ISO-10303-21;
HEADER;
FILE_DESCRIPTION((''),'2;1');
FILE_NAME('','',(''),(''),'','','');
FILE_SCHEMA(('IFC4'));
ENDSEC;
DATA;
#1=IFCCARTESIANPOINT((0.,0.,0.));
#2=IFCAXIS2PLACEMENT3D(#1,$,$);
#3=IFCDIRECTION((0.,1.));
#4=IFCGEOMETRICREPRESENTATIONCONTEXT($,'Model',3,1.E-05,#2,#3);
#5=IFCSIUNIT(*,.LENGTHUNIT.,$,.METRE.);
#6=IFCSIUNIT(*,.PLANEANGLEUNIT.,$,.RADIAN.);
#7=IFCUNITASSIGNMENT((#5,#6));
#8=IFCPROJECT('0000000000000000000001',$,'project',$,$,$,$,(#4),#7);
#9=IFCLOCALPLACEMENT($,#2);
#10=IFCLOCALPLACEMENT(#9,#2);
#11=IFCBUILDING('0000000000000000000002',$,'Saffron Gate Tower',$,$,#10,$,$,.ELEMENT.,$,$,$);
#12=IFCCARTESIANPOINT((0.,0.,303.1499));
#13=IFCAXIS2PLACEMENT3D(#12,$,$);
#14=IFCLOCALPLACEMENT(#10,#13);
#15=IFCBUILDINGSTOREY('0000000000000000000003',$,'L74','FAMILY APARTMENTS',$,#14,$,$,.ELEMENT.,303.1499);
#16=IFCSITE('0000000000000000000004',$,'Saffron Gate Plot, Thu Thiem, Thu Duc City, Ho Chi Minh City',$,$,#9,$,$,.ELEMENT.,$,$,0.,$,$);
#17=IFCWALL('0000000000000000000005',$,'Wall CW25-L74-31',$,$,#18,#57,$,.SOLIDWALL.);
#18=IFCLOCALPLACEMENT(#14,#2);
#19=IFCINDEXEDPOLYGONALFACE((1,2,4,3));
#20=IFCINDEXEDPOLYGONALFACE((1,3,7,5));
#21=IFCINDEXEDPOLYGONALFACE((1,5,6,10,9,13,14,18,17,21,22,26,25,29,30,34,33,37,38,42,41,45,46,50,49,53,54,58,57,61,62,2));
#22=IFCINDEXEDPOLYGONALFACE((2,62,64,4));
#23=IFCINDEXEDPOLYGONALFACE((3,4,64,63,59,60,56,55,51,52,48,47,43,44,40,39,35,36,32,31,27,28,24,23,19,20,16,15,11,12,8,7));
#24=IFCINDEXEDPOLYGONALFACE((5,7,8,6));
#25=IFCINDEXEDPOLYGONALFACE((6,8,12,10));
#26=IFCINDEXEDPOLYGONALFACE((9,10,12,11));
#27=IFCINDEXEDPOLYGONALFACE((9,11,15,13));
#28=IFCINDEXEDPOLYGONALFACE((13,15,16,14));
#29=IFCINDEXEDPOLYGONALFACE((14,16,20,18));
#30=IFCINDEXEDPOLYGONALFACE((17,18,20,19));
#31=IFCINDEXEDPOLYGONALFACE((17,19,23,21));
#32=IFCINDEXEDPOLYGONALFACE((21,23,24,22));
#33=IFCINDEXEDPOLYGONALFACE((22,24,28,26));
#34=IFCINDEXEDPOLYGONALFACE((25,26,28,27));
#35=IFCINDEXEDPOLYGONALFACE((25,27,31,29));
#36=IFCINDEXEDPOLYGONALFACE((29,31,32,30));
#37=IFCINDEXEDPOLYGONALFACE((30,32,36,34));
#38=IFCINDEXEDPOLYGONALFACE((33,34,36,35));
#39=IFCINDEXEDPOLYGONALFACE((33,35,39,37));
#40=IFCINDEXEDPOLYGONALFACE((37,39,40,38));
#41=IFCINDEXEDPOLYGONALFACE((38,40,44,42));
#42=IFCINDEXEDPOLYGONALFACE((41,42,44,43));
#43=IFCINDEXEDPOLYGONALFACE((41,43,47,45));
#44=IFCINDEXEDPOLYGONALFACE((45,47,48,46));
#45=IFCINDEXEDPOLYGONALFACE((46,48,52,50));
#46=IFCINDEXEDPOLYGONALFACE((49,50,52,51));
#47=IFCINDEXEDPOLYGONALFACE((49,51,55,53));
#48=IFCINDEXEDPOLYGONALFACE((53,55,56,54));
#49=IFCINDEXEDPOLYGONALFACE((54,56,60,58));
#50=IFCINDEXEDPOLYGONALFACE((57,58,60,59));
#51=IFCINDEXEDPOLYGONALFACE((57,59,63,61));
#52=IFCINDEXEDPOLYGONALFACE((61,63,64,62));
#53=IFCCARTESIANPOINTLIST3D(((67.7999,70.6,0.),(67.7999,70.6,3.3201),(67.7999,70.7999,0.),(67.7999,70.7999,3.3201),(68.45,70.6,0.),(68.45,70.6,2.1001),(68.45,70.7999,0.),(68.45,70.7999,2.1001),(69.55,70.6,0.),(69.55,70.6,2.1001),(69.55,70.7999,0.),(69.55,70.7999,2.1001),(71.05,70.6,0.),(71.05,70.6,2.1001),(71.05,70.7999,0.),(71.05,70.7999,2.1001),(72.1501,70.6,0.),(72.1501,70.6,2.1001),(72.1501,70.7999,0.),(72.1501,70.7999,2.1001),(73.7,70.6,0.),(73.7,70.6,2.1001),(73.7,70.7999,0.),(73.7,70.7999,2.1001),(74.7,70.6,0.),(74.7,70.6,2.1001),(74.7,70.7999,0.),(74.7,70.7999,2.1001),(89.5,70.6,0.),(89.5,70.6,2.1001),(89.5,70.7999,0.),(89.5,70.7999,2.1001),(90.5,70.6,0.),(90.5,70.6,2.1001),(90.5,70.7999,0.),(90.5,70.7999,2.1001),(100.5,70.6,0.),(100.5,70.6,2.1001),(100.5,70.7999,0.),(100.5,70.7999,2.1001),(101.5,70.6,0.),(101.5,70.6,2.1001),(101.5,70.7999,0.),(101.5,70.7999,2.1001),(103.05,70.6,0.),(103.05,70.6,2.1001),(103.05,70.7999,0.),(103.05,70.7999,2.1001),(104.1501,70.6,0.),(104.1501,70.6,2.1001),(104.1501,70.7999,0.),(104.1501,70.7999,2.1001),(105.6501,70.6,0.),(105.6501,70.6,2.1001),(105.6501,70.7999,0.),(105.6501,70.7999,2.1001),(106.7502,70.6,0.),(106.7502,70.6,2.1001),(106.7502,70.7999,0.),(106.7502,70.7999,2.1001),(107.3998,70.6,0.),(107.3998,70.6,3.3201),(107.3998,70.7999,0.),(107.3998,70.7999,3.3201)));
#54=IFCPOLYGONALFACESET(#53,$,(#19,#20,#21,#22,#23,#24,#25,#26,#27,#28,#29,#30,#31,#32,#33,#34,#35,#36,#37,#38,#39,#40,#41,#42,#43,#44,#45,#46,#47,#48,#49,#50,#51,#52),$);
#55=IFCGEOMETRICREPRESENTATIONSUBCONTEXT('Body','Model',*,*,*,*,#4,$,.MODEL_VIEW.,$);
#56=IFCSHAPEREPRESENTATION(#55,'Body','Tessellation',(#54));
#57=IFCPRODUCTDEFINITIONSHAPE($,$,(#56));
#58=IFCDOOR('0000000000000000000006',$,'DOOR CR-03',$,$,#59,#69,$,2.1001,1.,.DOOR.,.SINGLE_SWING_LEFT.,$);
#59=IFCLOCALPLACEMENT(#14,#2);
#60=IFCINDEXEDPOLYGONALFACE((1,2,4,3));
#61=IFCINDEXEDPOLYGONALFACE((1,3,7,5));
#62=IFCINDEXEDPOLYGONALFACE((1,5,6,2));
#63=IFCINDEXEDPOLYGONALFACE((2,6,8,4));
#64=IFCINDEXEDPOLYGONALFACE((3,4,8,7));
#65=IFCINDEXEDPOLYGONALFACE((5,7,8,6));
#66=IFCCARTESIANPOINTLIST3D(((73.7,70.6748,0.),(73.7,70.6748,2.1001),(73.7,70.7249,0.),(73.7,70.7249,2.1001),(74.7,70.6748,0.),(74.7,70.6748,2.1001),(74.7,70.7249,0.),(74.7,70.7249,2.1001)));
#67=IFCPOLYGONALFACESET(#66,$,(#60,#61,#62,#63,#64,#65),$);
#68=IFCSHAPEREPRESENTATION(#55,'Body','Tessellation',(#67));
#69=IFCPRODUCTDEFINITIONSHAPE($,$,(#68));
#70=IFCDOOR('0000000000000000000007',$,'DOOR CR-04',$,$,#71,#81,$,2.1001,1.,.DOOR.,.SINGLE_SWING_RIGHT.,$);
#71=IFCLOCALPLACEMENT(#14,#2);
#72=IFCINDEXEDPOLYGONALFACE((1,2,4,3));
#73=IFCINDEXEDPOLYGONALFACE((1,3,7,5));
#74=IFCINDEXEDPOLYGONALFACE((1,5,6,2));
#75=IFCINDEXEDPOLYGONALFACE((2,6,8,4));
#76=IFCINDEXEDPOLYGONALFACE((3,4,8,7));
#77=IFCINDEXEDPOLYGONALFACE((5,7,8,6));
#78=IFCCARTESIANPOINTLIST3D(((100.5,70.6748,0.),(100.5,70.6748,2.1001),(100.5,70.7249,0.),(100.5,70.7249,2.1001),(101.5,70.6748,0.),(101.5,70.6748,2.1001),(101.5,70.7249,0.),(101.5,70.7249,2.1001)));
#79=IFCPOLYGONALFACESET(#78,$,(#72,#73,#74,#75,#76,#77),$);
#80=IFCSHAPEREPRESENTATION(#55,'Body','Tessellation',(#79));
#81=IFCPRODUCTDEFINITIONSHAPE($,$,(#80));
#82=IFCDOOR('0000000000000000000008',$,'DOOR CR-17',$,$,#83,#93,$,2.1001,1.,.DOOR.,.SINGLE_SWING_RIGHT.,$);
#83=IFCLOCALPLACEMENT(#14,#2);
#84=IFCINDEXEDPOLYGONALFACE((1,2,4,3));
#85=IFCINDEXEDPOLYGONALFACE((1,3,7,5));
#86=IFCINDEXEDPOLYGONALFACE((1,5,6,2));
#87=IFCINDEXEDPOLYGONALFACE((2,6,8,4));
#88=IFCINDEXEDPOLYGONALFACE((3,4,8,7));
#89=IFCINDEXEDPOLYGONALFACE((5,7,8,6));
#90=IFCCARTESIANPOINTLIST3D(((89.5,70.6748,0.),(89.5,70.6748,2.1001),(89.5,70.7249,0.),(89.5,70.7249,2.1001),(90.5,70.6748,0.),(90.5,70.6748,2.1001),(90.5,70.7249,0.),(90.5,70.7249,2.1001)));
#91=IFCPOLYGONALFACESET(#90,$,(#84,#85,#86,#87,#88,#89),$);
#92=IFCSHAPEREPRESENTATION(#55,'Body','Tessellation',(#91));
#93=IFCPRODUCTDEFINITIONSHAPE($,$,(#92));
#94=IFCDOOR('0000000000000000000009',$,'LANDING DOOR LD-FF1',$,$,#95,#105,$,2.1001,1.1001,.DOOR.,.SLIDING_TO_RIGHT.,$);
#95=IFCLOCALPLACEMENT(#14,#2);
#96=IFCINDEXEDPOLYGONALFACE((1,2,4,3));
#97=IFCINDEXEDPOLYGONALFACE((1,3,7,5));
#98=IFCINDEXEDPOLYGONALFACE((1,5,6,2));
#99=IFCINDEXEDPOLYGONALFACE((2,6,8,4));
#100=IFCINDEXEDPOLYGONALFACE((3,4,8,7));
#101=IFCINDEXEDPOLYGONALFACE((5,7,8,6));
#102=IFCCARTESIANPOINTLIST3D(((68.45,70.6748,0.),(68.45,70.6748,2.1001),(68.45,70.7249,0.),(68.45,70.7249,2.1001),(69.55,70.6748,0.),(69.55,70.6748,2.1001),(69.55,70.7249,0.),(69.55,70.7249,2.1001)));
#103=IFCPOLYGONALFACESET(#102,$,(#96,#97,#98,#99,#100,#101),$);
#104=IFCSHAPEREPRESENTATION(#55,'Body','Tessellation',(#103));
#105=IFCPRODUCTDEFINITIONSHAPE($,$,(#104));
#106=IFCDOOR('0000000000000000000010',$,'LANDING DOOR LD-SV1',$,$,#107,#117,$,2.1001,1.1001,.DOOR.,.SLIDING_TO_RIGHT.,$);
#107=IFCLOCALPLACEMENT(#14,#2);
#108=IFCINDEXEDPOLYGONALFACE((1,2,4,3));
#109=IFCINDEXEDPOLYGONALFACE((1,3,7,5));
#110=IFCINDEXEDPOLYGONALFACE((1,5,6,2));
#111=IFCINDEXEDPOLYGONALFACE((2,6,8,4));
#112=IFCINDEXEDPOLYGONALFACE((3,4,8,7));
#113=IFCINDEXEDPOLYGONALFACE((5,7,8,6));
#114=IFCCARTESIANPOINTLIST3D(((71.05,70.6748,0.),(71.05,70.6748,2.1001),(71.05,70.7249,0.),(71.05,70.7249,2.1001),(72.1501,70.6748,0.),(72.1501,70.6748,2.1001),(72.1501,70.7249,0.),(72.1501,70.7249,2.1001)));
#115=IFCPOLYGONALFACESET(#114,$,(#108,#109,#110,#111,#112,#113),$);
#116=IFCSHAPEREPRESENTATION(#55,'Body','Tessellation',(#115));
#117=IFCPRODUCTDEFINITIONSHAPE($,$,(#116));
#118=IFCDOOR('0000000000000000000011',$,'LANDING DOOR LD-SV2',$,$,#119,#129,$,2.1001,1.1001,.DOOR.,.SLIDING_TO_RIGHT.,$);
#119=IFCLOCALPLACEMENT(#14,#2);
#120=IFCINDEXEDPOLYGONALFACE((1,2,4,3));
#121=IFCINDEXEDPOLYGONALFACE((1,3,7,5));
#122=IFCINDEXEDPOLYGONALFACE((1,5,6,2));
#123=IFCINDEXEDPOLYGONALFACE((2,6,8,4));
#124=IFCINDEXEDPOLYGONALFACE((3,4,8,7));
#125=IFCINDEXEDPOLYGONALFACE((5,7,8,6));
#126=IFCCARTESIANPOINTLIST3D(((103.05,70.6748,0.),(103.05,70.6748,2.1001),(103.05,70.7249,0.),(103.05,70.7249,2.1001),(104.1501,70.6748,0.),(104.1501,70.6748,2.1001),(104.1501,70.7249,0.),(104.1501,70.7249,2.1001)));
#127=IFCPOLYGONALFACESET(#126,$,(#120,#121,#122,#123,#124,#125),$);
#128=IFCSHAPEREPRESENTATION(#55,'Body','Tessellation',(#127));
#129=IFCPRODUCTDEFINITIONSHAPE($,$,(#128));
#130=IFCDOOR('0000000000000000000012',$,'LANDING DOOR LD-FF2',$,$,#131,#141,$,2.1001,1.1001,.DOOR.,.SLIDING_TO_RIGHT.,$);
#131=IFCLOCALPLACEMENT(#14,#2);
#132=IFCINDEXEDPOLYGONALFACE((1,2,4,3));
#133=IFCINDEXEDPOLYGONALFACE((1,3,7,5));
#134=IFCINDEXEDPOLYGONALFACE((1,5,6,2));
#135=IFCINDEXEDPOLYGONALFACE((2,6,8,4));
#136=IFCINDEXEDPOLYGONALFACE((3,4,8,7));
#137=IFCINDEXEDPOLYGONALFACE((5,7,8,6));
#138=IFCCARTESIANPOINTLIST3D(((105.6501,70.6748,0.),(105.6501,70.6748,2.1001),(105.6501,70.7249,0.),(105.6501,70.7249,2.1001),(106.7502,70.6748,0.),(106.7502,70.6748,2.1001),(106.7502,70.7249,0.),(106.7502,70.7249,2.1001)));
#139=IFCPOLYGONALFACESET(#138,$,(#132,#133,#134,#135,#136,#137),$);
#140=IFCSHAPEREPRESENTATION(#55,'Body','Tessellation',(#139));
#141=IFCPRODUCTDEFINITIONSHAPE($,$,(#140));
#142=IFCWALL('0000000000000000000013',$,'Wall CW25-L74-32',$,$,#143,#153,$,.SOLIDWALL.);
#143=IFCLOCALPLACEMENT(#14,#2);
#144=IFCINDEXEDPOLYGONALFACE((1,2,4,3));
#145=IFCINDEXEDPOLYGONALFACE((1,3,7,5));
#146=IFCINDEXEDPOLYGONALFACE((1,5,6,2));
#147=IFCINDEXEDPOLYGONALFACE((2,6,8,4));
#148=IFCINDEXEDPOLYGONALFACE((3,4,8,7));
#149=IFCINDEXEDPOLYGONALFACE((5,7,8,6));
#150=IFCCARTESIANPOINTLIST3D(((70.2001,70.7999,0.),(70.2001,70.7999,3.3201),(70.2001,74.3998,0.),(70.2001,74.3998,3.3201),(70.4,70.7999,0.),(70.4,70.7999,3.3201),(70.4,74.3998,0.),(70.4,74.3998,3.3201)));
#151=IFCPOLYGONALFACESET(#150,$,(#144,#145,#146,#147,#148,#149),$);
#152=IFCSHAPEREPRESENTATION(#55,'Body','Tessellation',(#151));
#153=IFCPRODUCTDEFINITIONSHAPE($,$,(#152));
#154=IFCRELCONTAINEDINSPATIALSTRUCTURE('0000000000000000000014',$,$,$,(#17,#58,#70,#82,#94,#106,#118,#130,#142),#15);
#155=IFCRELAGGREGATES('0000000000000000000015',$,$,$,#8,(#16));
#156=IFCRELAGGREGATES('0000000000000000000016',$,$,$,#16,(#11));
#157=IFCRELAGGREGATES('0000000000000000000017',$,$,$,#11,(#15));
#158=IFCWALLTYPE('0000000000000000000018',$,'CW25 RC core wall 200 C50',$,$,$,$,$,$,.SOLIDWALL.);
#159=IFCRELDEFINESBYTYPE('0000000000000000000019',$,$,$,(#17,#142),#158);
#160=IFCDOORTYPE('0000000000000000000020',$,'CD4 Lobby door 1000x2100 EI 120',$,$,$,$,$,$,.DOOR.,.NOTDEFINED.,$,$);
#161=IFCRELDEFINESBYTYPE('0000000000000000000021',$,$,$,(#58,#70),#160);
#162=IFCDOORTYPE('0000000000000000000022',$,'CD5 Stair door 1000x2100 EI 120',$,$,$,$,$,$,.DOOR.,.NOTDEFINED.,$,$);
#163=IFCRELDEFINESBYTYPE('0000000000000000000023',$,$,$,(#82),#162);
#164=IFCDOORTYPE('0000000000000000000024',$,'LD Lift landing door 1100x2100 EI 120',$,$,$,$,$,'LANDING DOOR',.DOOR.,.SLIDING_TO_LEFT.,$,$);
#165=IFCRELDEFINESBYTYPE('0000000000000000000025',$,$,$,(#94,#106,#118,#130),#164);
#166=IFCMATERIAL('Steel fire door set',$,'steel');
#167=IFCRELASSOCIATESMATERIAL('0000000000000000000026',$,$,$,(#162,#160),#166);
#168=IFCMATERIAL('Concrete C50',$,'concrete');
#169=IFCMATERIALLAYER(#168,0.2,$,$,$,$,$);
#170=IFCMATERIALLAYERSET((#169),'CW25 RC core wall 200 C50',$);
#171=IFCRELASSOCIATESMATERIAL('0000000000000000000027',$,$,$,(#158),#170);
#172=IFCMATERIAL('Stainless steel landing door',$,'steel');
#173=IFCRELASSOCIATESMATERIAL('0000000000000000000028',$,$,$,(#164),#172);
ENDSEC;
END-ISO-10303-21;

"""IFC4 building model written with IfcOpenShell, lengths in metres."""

from ifc_helpers import new_model, si_unit, direction, frame, frame_2d, origin, place, context, subcontext, project, spatial, rectangle, extrude, material, layer, layer_set, type_object, element, fill, save


model = new_model("IFC4")

# Units and contexts
model_context = context("Model", 3, precision=1e-05, world=origin(), true_north=direction((0.0, 1.0)))
body_context = subcontext(model_context, "Body", "Model", "MODEL_VIEW")
ifc_project = project(units=[si_unit("LENGTHUNIT", "METRE"), si_unit("PLANEANGLEUNIT", "RADIAN")], contexts=[model_context])

# Site, building, storey
site_placement = place(None, origin())
site = spatial("IfcSite", under=ifc_project, at=site_placement, Name="Saffron Gate Plot, Thu Thiem, Thu Duc City, Ho Chi Minh City", CompositionType="ELEMENT", RefElevation=0.0)
building_placement = place(site_placement, origin())
building = spatial("IfcBuilding", under=site, at=building_placement, Name="Saffron Gate Tower", CompositionType="ELEMENT")
storey_placement = place(building_placement, frame((0.0, 0.0, 303.1499)))
storey = spatial("IfcBuildingStorey", under=building, at=storey_placement, Name="L74", Description="FAMILY APARTMENTS", CompositionType="ELEMENT", Elevation=303.1499)

# Shared definitions
ifc_material_1 = material(Name="Concrete C50", Category="concrete")
ifc_material_2 = material(Name="Steel fire door set", Category="steel")

# Wall, openings, doors
door_type_1 = type_object("IfcDoorType", Name="CD5 Stair door 1000x2100 EI 120", OperationType="NOTDEFINED", PredefinedType="DOOR", material=ifc_material_2)
ifc_layer_1 = layer(ifc_material_1, 0.2)
ifc_layer_set_1 = layer_set([ifc_layer_1], Name="CW25 RC core wall 200 C50")
wall_type_1 = type_object("IfcWallType", Name="CW25 RC core wall 200 C50", PredefinedType="SOLIDWALL", material=ifc_layer_set_1)
wall_1_placement = place(storey_placement, frame((67.8, 70.7, 0.0), z_axis=(0.0, 0.0, 1.0), x_axis=(1.0, 0.0, 0.0)))
wall_1 = element("IfcWall", 1, at=wall_1_placement, inside=storey, type_object=wall_type_1, Name="Wall CW25-L74-31", PredefinedType="SOLIDWALL", context=body_context, shape_type="SweptSolid", body=[
    extrude(rectangle(XDim=39.5999, YDim=0.2, at=frame_2d((19.7998, 0.0))), origin(), (0.0, 0.0, 1.0), 3.3201),
])
opening_1_placement = place(wall_1_placement, frame((0.6499, 0.0, 0.0)))
opening_1 = element("IfcOpeningElement", 2, at=opening_1_placement, cuts=wall_1, PredefinedType="OPENING", context=body_context, shape_type="SweptSolid", body=[
    extrude(rectangle(XDim=1.1001, YDim=2.1001, at=frame_2d((0.55, 1.05))), frame((0.0, 0.1099, 0.0), z_axis=(0.0, -1.0, 0.0), x_axis=(1.0, 0.0, 0.0)), (0.0, 0.0, 1.0), 0.22),
])
opening_2_placement = place(wall_1_placement, frame((3.25, 0.0, 0.0)))
opening_2 = element("IfcOpeningElement", 3, at=opening_2_placement, cuts=wall_1, PredefinedType="OPENING", context=body_context, shape_type="SweptSolid", body=[
    extrude(rectangle(XDim=1.1001, YDim=2.1001, at=frame_2d((0.55, 1.05))), frame((0.0, 0.1099, 0.0), z_axis=(0.0, -1.0, 0.0), x_axis=(1.0, 0.0, 0.0)), (0.0, 0.0, 1.0), 0.22),
])
opening_3_placement = place(wall_1_placement, frame((5.8999, 0.0, 0.0)))
opening_3 = element("IfcOpeningElement", 4, at=opening_3_placement, cuts=wall_1, PredefinedType="OPENING", context=body_context, shape_type="SweptSolid", body=[
    extrude(rectangle(XDim=1.0, YDim=2.1001, at=frame_2d((0.5, 1.05))), frame((0.0, 0.1099, 0.0), z_axis=(0.0, -1.0, 0.0), x_axis=(1.0, 0.0, 0.0)), (0.0, 0.0, 1.0), 0.22),
])
opening_4_placement = place(wall_1_placement, frame((21.7, 0.0, 0.0)))
opening_4 = element("IfcOpeningElement", 5, at=opening_4_placement, cuts=wall_1, PredefinedType="OPENING", context=body_context, shape_type="SweptSolid", body=[
    extrude(rectangle(XDim=1.0, YDim=2.1001, at=frame_2d((0.5, 1.05))), frame((0.0, 0.1099, 0.0), z_axis=(0.0, -1.0, 0.0), x_axis=(1.0, 0.0, 0.0)), (0.0, 0.0, 1.0), 0.22),
])
opening_5_placement = place(wall_1_placement, frame((32.7, 0.0, 0.0)))
opening_5 = element("IfcOpeningElement", 6, at=opening_5_placement, cuts=wall_1, PredefinedType="OPENING", context=body_context, shape_type="SweptSolid", body=[
    extrude(rectangle(XDim=1.0, YDim=2.1001, at=frame_2d((0.5, 1.05))), frame((0.0, 0.1099, 0.0), z_axis=(0.0, -1.0, 0.0), x_axis=(1.0, 0.0, 0.0)), (0.0, 0.0, 1.0), 0.22),
])
opening_6_placement = place(wall_1_placement, frame((35.25, 0.0, 0.0)))
opening_6 = element("IfcOpeningElement", 7, at=opening_6_placement, cuts=wall_1, PredefinedType="OPENING", context=body_context, shape_type="SweptSolid", body=[
    extrude(rectangle(XDim=1.1001, YDim=2.1001, at=frame_2d((0.55, 1.05))), frame((0.0, 0.1099, 0.0), z_axis=(0.0, -1.0, 0.0), x_axis=(1.0, 0.0, 0.0)), (0.0, 0.0, 1.0), 0.22),
])
opening_7_placement = place(wall_1_placement, frame((37.8501, 0.0, 0.0)))
opening_7 = element("IfcOpeningElement", 8, at=opening_7_placement, cuts=wall_1, PredefinedType="OPENING", context=body_context, shape_type="SweptSolid", body=[
    extrude(rectangle(XDim=1.1001, YDim=2.1001, at=frame_2d((0.55, 1.05))), frame((0.0, 0.1099, 0.0), z_axis=(0.0, -1.0, 0.0), x_axis=(1.0, 0.0, 0.0)), (0.0, 0.0, 1.0), 0.22),
])
door_type_2 = type_object("IfcDoorType", Name="CD4 Lobby door 1000x2100 EI 120", OperationType="NOTDEFINED", PredefinedType="DOOR", material=ifc_material_2)
door_1_placement = place(opening_3_placement, origin())
door_1 = element("IfcDoor", 9, at=door_1_placement, inside=storey, type_object=door_type_2, Name="DOOR CR-03", OperationType="SINGLE_SWING_LEFT", OverallHeight=2.1001, OverallWidth=1.0, PredefinedType="DOOR", context=body_context, shape_type="SweptSolid", body=[
    extrude(rectangle(XDim=1.0, YDim=2.1001, at=frame_2d((0.5, 1.05))), frame((0.0, 0.0249, 0.0), z_axis=(0.0, -1.0, 0.0), x_axis=(1.0, 0.0, 0.0)), (0.0, 0.0, 1.0), 0.05),
])
fill(opening_3, door_1)
door_2_placement = place(opening_5_placement, origin())
door_2 = element("IfcDoor", 10, at=door_2_placement, inside=storey, type_object=door_type_2, Name="DOOR CR-04", OperationType="SINGLE_SWING_RIGHT", OverallHeight=2.1001, OverallWidth=1.0, PredefinedType="DOOR", context=body_context, shape_type="SweptSolid", body=[
    extrude(rectangle(XDim=1.0, YDim=2.1001, at=frame_2d((0.5, 1.05))), frame((0.0, 0.0249, 0.0), z_axis=(0.0, -1.0, 0.0), x_axis=(1.0, 0.0, 0.0)), (0.0, 0.0, 1.0), 0.05),
])
fill(opening_5, door_2)
door_3_placement = place(opening_4_placement, origin())
door_3 = element("IfcDoor", 11, at=door_3_placement, inside=storey, type_object=door_type_1, Name="DOOR CR-17", OperationType="SINGLE_SWING_RIGHT", OverallHeight=2.1001, OverallWidth=1.0, PredefinedType="DOOR", context=body_context, shape_type="SweptSolid", body=[
    extrude(rectangle(XDim=1.0, YDim=2.1001, at=frame_2d((0.5, 1.05))), frame((0.0, 0.0249, 0.0), z_axis=(0.0, -1.0, 0.0), x_axis=(1.0, 0.0, 0.0)), (0.0, 0.0, 1.0), 0.05),
])
fill(opening_4, door_3)
ifc_material_3 = material(Name="Stainless steel landing door", Category="steel")
door_type_3 = type_object("IfcDoorType", Name="LD Lift landing door 1100x2100 EI 120", ElementType="LANDING DOOR", OperationType="SLIDING_TO_LEFT", PredefinedType="DOOR", material=ifc_material_3)
door_4_placement = place(opening_1_placement, origin())
door_4 = element("IfcDoor", 12, at=door_4_placement, inside=storey, type_object=door_type_3, Name="LANDING DOOR LD-FF1", OperationType="SLIDING_TO_RIGHT", OverallHeight=2.1001, OverallWidth=1.1001, PredefinedType="DOOR", context=body_context, shape_type="SweptSolid", body=[
    extrude(rectangle(XDim=1.1001, YDim=2.1001, at=frame_2d((0.55, 1.05))), frame((0.0, 0.0249, 0.0), z_axis=(0.0, -1.0, 0.0), x_axis=(1.0, 0.0, 0.0)), (0.0, 0.0, 1.0), 0.05),
])
fill(opening_1, door_4)
door_5_placement = place(opening_2_placement, origin())
door_5 = element("IfcDoor", 13, at=door_5_placement, inside=storey, type_object=door_type_3, Name="LANDING DOOR LD-SV1", OperationType="SLIDING_TO_RIGHT", OverallHeight=2.1001, OverallWidth=1.1001, PredefinedType="DOOR", context=body_context, shape_type="SweptSolid", body=[
    extrude(rectangle(XDim=1.1001, YDim=2.1001, at=frame_2d((0.55, 1.05))), frame((0.0, 0.0249, 0.0), z_axis=(0.0, -1.0, 0.0), x_axis=(1.0, 0.0, 0.0)), (0.0, 0.0, 1.0), 0.05),
])
fill(opening_2, door_5)
door_6_placement = place(opening_6_placement, origin())
door_6 = element("IfcDoor", 14, at=door_6_placement, inside=storey, type_object=door_type_3, Name="LANDING DOOR LD-SV2", OperationType="SLIDING_TO_RIGHT", OverallHeight=2.1001, OverallWidth=1.1001, PredefinedType="DOOR", context=body_context, shape_type="SweptSolid", body=[
    extrude(rectangle(XDim=1.1001, YDim=2.1001, at=frame_2d((0.55, 1.05))), frame((0.0, 0.0249, 0.0), z_axis=(0.0, -1.0, 0.0), x_axis=(1.0, 0.0, 0.0)), (0.0, 0.0, 1.0), 0.05),
])
fill(opening_6, door_6)
door_7_placement = place(opening_7_placement, origin())
door_7 = element("IfcDoor", 15, at=door_7_placement, inside=storey, type_object=door_type_3, Name="LANDING DOOR LD-FF2", OperationType="SLIDING_TO_RIGHT", OverallHeight=2.1001, OverallWidth=1.1001, PredefinedType="DOOR", context=body_context, shape_type="SweptSolid", body=[
    extrude(rectangle(XDim=1.1001, YDim=2.1001, at=frame_2d((0.55, 1.05))), frame((0.0, 0.0249, 0.0), z_axis=(0.0, -1.0, 0.0), x_axis=(1.0, 0.0, 0.0)), (0.0, 0.0, 1.0), 0.05),
])
fill(opening_7, door_7)

# Wall
wall_2_placement = place(storey_placement, frame((70.3, 70.8, 0.0), z_axis=(0.0, 0.0, 1.0), x_axis=(0.0, 1.0, 0.0)))
element("IfcWall", 16, at=wall_2_placement, inside=storey, type_object=wall_type_1, Name="Wall CW25-L74-32", PredefinedType="SOLIDWALL", context=body_context, shape_type="SweptSolid", body=[
    extrude(rectangle(XDim=3.5999, YDim=0.2, at=frame_2d((1.7998, 0.0))), origin(), (0.0, 0.0, 1.0), 3.3201),
])

save(model, "model.ifc")
